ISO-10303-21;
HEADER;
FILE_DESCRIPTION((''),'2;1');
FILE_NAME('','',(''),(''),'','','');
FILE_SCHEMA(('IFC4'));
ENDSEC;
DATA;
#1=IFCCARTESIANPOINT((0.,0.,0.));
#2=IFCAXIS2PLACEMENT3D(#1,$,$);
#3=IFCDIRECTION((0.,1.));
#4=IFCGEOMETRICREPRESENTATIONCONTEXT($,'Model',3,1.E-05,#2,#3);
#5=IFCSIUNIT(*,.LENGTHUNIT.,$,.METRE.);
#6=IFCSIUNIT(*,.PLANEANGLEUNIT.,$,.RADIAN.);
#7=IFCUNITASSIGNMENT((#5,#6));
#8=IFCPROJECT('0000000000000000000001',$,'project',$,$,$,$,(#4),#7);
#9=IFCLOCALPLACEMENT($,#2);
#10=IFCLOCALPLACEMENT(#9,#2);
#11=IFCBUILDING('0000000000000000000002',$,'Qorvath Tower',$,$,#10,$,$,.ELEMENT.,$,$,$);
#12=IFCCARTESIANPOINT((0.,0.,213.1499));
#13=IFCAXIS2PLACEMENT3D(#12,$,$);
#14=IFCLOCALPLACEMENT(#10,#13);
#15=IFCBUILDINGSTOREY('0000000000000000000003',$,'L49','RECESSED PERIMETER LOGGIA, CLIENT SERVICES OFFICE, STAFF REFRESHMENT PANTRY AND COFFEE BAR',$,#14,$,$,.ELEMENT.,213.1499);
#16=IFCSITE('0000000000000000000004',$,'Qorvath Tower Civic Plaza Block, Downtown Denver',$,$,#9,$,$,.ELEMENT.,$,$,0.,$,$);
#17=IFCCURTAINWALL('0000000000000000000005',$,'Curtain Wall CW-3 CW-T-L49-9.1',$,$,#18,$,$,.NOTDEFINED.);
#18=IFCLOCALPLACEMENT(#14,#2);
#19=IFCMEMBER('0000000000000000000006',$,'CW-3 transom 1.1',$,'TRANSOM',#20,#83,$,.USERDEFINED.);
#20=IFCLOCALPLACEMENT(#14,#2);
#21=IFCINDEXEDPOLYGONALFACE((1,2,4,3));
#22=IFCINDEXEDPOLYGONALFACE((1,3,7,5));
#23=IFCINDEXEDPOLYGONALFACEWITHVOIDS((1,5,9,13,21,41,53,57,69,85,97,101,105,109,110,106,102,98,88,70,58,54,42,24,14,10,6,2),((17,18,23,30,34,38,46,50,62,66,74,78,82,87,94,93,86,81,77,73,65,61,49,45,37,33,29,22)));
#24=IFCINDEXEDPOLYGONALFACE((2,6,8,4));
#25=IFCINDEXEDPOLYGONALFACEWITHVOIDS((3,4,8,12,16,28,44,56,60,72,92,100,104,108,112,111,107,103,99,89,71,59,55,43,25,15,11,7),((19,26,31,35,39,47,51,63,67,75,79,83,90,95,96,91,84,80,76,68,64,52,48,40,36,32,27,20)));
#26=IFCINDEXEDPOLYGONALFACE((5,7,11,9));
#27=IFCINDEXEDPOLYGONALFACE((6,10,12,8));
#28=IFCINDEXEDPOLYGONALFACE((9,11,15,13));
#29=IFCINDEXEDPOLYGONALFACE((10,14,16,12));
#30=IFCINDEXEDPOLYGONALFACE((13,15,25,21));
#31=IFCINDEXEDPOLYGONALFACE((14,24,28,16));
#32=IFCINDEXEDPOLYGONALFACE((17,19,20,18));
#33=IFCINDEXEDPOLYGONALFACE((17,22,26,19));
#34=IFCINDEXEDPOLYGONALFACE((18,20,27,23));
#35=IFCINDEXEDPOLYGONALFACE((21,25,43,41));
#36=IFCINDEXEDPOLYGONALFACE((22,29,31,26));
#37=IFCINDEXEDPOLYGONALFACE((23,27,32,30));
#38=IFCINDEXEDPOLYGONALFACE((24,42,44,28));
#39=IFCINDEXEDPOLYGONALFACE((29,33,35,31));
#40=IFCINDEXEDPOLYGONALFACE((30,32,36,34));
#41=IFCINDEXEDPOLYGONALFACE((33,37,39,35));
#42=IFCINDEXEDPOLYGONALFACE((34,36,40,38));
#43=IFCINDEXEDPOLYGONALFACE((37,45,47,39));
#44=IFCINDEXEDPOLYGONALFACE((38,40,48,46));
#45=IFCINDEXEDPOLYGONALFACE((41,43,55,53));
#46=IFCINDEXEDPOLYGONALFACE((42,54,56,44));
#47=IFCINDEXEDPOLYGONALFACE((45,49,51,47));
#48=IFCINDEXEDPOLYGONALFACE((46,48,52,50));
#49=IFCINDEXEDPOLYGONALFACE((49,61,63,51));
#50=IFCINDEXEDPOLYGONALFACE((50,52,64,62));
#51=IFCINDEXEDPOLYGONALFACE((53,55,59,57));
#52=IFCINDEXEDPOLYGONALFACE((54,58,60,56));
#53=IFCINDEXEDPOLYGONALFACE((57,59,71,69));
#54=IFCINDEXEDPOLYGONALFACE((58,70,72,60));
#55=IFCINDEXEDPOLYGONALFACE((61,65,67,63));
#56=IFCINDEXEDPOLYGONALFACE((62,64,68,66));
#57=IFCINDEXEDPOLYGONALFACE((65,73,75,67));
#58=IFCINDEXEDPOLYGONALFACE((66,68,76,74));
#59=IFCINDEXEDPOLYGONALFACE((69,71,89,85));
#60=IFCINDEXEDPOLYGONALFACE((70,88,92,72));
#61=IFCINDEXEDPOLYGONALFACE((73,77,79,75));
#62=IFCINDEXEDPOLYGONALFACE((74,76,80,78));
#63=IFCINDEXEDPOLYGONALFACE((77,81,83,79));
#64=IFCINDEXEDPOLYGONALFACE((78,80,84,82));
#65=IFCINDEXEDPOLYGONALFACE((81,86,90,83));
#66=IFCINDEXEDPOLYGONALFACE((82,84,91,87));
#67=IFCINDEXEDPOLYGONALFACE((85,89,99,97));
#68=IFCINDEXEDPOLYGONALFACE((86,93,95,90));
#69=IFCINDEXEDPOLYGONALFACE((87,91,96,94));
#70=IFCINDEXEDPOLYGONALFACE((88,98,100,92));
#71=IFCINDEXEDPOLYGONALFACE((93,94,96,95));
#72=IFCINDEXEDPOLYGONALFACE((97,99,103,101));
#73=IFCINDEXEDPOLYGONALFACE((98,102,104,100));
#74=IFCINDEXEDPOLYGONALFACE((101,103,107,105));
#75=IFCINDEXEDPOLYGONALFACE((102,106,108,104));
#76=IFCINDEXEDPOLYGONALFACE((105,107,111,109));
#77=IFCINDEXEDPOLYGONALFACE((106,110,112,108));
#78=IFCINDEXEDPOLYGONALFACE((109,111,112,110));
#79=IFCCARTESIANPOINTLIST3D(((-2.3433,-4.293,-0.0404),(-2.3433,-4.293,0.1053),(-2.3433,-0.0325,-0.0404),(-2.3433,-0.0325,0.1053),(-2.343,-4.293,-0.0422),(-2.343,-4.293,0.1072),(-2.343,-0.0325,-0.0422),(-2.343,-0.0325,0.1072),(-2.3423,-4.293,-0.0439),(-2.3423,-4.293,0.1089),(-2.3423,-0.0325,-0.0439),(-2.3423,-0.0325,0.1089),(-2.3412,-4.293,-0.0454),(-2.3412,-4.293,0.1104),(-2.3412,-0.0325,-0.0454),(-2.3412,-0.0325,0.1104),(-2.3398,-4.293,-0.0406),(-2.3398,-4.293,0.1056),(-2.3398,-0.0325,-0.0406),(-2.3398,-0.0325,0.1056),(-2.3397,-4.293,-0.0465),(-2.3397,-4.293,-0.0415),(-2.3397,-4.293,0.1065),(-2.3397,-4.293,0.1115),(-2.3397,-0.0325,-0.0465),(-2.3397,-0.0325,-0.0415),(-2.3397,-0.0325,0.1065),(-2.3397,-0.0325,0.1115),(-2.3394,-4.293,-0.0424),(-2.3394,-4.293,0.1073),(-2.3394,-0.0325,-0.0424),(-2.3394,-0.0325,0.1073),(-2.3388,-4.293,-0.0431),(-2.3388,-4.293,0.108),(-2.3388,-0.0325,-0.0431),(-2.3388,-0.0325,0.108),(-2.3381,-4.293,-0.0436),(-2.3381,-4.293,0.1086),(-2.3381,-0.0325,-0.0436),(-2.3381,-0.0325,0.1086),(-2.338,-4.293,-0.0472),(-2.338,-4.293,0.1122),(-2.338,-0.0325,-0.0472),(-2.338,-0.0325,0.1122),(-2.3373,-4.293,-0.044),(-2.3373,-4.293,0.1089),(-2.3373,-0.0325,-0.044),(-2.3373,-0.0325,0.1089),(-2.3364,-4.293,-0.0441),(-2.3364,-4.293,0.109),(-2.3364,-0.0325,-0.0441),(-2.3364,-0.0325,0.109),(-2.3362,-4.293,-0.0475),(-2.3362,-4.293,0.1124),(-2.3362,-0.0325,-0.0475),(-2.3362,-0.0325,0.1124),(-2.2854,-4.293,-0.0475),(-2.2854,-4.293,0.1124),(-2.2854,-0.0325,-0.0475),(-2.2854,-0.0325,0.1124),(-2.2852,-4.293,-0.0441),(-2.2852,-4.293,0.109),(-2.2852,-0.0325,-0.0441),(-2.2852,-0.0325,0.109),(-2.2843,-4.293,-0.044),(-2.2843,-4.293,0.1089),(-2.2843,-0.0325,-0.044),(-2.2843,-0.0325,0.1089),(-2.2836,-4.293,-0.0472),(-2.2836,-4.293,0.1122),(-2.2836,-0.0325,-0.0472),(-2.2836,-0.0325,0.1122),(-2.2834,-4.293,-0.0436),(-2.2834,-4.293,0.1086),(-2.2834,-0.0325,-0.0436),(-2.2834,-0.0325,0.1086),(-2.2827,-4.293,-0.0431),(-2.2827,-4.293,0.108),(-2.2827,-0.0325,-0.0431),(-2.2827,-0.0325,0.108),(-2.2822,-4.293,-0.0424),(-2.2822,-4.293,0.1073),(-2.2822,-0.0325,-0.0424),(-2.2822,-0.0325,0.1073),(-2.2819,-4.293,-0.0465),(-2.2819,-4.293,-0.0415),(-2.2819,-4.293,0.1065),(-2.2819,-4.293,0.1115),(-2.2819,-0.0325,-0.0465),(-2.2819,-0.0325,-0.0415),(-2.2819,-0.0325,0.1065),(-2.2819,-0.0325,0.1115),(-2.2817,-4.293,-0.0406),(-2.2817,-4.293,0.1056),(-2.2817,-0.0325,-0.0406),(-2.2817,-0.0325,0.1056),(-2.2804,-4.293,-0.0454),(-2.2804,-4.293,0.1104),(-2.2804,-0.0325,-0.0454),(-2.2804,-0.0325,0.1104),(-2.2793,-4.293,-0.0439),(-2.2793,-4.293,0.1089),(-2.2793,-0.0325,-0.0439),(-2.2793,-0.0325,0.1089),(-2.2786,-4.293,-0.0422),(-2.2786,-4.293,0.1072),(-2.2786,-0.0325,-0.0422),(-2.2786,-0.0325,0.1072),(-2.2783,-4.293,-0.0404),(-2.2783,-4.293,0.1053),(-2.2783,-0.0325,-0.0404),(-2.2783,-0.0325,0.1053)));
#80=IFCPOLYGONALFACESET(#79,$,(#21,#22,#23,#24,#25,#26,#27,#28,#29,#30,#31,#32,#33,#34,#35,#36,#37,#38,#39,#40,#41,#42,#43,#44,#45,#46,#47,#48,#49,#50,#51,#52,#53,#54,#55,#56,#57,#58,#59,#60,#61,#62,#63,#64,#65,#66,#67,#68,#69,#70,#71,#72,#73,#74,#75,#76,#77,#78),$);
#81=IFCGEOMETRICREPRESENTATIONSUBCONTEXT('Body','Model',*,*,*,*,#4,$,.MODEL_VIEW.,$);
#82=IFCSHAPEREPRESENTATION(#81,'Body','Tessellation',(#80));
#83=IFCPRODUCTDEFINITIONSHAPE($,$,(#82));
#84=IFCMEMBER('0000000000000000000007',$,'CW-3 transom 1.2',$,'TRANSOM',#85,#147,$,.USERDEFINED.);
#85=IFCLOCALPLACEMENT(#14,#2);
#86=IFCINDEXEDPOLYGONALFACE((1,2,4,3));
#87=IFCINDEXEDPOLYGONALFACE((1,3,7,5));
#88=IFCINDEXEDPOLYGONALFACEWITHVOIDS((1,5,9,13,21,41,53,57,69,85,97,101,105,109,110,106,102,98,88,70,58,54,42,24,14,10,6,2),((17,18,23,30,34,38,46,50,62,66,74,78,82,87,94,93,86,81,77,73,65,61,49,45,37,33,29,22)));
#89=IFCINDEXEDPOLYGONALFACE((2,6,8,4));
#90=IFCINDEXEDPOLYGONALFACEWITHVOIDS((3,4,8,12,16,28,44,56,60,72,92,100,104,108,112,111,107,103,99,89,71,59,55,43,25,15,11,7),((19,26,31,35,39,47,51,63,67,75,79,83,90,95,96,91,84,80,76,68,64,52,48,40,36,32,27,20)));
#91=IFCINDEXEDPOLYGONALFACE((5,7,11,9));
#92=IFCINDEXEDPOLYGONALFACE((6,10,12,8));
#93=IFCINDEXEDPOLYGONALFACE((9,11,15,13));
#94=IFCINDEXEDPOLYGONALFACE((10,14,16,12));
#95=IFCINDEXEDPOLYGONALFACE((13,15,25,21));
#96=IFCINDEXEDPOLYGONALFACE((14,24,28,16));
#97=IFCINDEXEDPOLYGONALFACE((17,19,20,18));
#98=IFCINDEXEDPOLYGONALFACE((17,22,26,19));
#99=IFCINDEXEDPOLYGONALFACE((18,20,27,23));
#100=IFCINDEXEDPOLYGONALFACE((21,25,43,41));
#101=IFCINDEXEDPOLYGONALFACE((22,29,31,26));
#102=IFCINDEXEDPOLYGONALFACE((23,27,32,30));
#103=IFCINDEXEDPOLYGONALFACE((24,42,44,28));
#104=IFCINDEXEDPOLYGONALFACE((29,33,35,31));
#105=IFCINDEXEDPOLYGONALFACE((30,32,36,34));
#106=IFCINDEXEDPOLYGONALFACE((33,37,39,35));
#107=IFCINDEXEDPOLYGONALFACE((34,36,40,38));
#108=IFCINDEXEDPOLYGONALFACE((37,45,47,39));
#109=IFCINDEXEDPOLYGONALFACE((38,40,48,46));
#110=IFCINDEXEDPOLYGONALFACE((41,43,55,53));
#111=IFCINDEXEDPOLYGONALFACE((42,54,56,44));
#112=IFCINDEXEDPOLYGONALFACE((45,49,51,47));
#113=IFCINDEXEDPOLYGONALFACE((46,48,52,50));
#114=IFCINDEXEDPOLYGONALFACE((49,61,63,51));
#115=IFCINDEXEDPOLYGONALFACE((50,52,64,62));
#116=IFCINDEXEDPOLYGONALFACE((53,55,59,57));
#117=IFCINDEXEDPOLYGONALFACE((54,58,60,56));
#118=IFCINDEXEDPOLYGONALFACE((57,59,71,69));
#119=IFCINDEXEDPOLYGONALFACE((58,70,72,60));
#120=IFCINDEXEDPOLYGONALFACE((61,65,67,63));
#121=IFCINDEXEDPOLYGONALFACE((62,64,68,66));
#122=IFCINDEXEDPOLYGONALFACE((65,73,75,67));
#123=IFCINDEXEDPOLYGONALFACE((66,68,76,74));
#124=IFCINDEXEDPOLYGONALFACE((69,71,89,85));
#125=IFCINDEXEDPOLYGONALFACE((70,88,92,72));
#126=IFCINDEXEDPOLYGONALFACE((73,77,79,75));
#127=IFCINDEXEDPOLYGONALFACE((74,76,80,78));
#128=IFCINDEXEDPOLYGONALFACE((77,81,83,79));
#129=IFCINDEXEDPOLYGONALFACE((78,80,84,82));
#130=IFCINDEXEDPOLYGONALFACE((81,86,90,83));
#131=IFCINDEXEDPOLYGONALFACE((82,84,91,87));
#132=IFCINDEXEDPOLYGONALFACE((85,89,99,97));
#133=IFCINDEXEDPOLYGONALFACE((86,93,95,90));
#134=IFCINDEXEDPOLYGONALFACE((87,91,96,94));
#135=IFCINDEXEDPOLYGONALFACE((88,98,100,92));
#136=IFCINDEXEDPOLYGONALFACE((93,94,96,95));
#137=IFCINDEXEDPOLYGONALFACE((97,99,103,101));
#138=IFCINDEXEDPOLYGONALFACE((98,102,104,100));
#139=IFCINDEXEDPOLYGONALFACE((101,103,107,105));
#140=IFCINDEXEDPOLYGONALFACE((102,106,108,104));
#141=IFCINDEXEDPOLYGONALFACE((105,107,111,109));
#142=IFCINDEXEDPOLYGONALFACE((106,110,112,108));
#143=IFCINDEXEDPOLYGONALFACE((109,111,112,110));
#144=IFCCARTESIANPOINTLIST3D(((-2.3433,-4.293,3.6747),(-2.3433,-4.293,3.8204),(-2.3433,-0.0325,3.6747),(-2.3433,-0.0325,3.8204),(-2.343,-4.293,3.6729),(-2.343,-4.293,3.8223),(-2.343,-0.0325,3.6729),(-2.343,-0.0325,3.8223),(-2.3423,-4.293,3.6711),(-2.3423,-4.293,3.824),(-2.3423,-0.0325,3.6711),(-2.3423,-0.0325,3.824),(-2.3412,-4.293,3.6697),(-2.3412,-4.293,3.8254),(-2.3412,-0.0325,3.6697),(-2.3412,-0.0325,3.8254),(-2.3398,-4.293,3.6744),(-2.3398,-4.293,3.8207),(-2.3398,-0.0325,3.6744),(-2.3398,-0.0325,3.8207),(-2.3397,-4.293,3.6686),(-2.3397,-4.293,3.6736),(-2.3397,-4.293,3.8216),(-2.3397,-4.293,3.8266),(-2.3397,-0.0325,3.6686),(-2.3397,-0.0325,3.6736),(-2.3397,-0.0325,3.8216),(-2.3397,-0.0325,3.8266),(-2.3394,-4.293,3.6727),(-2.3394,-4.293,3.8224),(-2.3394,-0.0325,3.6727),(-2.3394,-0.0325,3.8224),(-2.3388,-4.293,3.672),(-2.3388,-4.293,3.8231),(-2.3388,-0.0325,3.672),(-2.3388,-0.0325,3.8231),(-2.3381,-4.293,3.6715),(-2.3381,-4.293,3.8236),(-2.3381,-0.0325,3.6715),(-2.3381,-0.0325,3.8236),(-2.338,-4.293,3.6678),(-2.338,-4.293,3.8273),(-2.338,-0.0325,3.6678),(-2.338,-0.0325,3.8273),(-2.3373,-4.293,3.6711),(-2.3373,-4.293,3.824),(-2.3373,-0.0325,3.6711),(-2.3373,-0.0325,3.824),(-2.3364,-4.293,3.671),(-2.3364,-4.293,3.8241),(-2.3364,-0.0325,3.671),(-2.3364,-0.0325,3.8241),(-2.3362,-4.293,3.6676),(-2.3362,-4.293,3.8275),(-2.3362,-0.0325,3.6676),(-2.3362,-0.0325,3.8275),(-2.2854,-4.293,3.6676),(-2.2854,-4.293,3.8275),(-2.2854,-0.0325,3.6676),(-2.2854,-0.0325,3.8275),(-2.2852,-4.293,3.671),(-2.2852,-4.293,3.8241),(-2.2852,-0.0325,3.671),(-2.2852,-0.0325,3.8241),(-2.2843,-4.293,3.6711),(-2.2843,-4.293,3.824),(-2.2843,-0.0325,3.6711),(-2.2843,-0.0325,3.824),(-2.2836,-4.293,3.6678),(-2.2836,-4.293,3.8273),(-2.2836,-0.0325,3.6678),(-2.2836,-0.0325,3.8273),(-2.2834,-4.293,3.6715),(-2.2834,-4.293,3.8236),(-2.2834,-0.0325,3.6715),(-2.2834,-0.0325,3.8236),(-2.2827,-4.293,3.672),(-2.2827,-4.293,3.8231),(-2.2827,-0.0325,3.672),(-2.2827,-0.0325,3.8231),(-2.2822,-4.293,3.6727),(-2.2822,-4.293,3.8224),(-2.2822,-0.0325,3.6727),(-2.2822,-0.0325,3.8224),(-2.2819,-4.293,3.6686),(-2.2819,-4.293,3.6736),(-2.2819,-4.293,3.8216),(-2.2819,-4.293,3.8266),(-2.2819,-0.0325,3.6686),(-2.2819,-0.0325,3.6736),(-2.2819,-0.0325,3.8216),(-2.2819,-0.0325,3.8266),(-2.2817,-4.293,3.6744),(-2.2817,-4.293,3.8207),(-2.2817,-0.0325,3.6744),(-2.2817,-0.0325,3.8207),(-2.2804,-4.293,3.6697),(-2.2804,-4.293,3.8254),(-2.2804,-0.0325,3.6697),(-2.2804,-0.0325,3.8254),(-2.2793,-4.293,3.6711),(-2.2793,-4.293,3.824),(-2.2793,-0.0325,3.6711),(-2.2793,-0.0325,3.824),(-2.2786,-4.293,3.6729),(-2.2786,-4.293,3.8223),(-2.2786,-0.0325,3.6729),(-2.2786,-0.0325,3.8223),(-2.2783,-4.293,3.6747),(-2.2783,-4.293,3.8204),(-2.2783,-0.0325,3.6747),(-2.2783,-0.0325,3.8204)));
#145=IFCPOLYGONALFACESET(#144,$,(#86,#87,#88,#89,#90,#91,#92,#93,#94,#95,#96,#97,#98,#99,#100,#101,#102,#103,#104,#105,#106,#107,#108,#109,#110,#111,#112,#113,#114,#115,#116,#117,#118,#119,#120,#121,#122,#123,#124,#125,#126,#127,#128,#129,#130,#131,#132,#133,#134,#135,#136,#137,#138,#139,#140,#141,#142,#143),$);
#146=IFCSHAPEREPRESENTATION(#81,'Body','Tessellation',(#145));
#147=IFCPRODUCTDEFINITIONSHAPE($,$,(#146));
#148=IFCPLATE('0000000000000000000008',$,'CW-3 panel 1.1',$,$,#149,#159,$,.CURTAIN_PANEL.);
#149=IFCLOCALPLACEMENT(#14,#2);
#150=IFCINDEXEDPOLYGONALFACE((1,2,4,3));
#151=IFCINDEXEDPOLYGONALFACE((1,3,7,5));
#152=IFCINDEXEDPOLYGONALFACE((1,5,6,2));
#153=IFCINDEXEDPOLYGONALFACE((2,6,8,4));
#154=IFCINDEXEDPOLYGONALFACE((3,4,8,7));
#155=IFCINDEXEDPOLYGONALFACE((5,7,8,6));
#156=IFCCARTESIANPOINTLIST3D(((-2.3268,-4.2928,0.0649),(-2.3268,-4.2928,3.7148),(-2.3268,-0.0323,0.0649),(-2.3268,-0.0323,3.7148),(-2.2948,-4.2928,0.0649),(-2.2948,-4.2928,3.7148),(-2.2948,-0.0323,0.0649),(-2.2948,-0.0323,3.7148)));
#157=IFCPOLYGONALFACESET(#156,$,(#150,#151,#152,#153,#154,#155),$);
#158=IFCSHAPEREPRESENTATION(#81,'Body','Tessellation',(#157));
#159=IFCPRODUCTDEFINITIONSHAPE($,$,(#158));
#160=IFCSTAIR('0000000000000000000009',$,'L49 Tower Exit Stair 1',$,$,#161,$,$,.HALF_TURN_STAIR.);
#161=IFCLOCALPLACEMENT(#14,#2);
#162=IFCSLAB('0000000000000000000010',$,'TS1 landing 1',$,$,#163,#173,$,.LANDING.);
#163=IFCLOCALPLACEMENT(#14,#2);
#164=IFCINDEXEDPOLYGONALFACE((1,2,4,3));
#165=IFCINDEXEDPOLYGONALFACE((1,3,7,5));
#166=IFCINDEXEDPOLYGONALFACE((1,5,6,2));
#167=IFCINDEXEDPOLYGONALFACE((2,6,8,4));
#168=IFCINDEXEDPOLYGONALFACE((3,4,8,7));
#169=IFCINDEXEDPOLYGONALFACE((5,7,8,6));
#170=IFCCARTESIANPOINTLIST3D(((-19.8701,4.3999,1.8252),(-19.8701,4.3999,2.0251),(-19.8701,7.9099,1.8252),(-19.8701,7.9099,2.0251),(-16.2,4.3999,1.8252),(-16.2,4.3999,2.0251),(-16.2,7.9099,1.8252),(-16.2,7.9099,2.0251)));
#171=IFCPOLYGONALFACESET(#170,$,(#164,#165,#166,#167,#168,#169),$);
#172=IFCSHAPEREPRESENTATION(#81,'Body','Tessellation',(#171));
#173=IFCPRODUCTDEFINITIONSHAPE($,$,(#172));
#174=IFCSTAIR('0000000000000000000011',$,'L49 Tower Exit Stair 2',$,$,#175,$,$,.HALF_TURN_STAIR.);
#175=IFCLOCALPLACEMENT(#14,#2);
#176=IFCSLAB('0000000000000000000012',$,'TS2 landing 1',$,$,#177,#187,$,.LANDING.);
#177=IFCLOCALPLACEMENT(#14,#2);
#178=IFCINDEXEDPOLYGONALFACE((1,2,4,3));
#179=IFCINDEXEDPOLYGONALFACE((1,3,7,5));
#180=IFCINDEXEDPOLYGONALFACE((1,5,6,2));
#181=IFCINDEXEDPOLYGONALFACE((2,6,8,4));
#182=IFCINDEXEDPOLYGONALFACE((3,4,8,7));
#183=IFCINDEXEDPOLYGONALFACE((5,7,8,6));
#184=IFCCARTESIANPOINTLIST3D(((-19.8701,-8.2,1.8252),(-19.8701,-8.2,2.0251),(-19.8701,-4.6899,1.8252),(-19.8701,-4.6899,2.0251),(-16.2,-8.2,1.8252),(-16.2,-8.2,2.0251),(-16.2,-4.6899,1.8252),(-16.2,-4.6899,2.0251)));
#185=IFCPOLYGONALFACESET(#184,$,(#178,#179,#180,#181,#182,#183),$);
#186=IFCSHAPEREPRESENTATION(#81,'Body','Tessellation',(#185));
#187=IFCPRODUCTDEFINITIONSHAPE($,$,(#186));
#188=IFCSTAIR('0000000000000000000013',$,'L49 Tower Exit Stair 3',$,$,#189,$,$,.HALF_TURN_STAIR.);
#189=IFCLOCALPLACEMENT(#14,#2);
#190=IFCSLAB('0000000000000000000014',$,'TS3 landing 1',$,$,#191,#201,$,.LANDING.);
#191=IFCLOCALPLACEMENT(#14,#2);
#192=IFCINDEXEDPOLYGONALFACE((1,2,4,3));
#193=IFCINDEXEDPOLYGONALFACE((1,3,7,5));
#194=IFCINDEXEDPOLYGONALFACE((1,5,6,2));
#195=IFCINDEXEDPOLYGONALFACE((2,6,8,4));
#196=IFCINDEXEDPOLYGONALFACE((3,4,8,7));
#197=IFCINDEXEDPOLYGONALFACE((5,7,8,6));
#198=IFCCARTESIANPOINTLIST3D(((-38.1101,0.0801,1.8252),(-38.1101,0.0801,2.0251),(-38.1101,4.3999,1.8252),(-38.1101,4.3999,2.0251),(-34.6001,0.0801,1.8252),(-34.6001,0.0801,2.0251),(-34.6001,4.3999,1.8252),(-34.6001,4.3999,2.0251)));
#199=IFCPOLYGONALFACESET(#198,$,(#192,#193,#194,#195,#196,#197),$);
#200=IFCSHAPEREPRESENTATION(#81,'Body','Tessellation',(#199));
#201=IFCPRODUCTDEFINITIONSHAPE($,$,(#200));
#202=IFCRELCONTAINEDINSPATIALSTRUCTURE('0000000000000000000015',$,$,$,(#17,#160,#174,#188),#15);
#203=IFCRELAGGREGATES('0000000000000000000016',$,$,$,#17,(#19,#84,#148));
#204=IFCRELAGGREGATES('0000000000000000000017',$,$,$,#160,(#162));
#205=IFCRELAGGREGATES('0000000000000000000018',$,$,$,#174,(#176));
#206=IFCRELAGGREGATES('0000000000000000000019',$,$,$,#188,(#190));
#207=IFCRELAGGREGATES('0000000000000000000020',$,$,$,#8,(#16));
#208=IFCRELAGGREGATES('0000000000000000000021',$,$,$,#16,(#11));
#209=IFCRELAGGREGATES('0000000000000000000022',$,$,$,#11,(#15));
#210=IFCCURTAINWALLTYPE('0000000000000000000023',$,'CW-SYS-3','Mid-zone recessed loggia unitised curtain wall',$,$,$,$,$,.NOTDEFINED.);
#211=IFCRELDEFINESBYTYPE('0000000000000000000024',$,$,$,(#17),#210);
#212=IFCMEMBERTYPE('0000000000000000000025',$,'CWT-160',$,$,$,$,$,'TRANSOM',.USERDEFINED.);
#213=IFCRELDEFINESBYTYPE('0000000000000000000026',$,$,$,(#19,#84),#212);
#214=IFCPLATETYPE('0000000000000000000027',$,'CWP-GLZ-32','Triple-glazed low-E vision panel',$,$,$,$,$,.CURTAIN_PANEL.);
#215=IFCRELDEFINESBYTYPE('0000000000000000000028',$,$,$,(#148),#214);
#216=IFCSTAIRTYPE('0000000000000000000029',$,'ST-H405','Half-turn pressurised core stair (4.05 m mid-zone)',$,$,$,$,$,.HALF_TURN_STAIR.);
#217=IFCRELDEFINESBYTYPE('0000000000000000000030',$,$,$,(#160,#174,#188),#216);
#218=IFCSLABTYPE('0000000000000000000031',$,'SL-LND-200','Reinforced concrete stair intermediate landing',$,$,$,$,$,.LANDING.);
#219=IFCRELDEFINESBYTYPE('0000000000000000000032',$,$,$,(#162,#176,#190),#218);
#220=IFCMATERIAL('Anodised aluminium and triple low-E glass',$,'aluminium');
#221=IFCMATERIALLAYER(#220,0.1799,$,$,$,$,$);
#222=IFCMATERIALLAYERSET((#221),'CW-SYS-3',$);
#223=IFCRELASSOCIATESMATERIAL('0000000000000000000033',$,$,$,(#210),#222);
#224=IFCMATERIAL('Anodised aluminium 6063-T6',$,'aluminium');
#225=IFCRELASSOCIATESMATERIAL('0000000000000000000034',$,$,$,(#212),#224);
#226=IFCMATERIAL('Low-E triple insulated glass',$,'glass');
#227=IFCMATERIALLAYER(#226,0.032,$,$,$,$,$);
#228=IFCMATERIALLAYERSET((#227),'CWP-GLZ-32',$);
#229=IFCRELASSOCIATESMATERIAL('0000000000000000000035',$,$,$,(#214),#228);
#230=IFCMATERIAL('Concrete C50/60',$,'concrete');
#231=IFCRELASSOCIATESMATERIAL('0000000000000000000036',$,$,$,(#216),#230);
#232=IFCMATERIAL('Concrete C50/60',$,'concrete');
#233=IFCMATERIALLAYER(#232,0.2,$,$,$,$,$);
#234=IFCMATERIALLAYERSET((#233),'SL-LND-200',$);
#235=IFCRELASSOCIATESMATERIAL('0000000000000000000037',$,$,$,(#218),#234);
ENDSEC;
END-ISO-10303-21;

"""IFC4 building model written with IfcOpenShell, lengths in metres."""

from ifc_helpers import new_model, si_unit, direction, frame, origin, origin_2d, place, context, subcontext, project, spatial, polyline, rectangle, hollow_rectangle, outline, extrude, material, layer, layer_set, material_profile, profile_set, type_object, element, aggregate, save


model = new_model("IFC4")

# Units and contexts
model_context = context("Model", 3, precision=1e-05, world=origin(), true_north=direction((0.0, 1.0)))
body_context = subcontext(model_context, "Body", "Model", "MODEL_VIEW")
ifc_project = project(units=[si_unit("LENGTHUNIT", "METRE"), si_unit("PLANEANGLEUNIT", "RADIAN")], contexts=[model_context])

# Site, building, storey
site_placement = place(None, origin())
site = spatial("IfcSite", under=ifc_project, at=site_placement, Name="Qorvath Tower Civic Plaza Block, Downtown Denver", CompositionType="ELEMENT", RefElevation=0.0)
building_placement = place(site_placement, origin())
building = spatial("IfcBuilding", under=site, at=building_placement, Name="Qorvath Tower", CompositionType="ELEMENT")
storey_placement = place(building_placement, frame((0.0, 0.0, 213.1499)))
storey = spatial("IfcBuildingStorey", under=building, at=storey_placement, Name="L49", Description="RECESSED PERIMETER LOGGIA, CLIENT SERVICES OFFICE, STAFF REFRESHMENT PANTRY AND COFFEE BAR", CompositionType="ELEMENT", Elevation=213.1499)

# Curtain wall, members, plate
ifc_material_1 = material(Name="Anodised aluminium and triple low-E glass", Category="aluminium")
ifc_layer_1 = layer(ifc_material_1, 0.1799)
ifc_layer_set_1 = layer_set([ifc_layer_1], Name="CW-SYS-3")
curtain_wall_type = type_object("IfcCurtainWallType", Name="CW-SYS-3", Description="Mid-zone recessed loggia unitised curtain wall", PredefinedType="NOTDEFINED", material=ifc_layer_set_1)
curtain_wall_placement = place(storey_placement, origin())
curtain_wall = element("IfcCurtainWall", 1, at=curtain_wall_placement, inside=storey, type_object=curtain_wall_type, Name="Curtain Wall CW-3 CW-T-L49-9.1", PredefinedType="NOTDEFINED")
ifc_material_2 = material(Name="Anodised aluminium 6063-T6", Category="aluminium")
ifc_material_profile_1 = material_profile(ifc_material_2, hollow_rectangle(XDim=0.0649, YDim=0.1599, WallThickness=0.0034, InnerFilletRadius=0.0034, OuterFilletRadius=0.0071, at=origin_2d()), Name="CWT 160x65")
ifc_profile_set_1 = profile_set([ifc_material_profile_1], Name="Anodised aluminium 6063-T6")
member_type_1 = type_object("IfcMemberType", Name="CWT-160", ElementType="TRANSOM", PredefinedType="USERDEFINED", material=ifc_profile_set_1)
member_1_placement = place(storey_placement, frame((-2.3108, -4.293, 0.0325), z_axis=(0.0, 1.0, 0.0), x_axis=(-1.0, 0.0, 0.0)))
member_1 = element("IfcMember", 2, at=member_1_placement, type_object=member_type_1, Name="CW-3 transom 1.1", ObjectType="TRANSOM", PredefinedType="USERDEFINED", context=body_context, shape_type="SweptSolid", body=[
    extrude(hollow_rectangle(XDim=0.0649, YDim=0.1599, WallThickness=0.0034, InnerFilletRadius=0.0034, OuterFilletRadius=0.0071, at=origin_2d()), origin(), (0.0, 0.0, 1.0), 4.2605),
])
member_2_placement = place(storey_placement, frame((-2.3108, -4.293, 3.7476), z_axis=(0.0, 1.0, 0.0), x_axis=(-1.0, 0.0, 0.0)))
member_2 = element("IfcMember", 3, at=member_2_placement, type_object=member_type_1, Name="CW-3 transom 1.2", ObjectType="TRANSOM", PredefinedType="USERDEFINED", context=body_context, shape_type="SweptSolid", body=[
    extrude(hollow_rectangle(XDim=0.0649, YDim=0.1599, WallThickness=0.0034, InnerFilletRadius=0.0034, OuterFilletRadius=0.0071, at=origin_2d()), origin(), (0.0, 0.0, 1.0), 4.2605),
])
ifc_material_3 = material(Name="Low-E triple insulated glass", Category="glass")
ifc_layer_2 = layer(ifc_material_3, 0.032)
ifc_layer_set_2 = layer_set([ifc_layer_2], Name="CWP-GLZ-32")
plate_type = type_object("IfcPlateType", Name="CWP-GLZ-32", Description="Triple-glazed low-E vision panel", PredefinedType="CURTAIN_PANEL", material=ifc_layer_set_2)
plate_placement = place(storey_placement, frame((-2.3108, -2.1626, 0.0649), z_axis=(0.0, 0.0, 1.0), x_axis=(0.0, 1.0, 0.0)))
plate = element("IfcPlate", 4, at=plate_placement, type_object=plate_type, Name="CW-3 panel 1.1", PredefinedType="CURTAIN_PANEL", context=body_context, shape_type="SweptSolid", body=[
    extrude(rectangle(XDim=4.2605, YDim=0.032, at=origin_2d()), origin(), (0.0, 0.0, 1.0), 3.6499),
])
aggregate(curtain_wall, [member_1, member_2, plate])

# Stairs, slabs
ifc_material_4 = material(Name="Concrete C50/60", Category="concrete")
stair_type = type_object("IfcStairType", Name="ST-H405", Description="Half-turn pressurised core stair (4.05 m mid-zone)", PredefinedType="HALF_TURN_STAIR", material=ifc_material_4)
stair_1_placement = place(storey_placement, origin())
stair_1 = element("IfcStair", 5, at=stair_1_placement, inside=storey, type_object=stair_type, Name="L49 Tower Exit Stair 1", PredefinedType="HALF_TURN_STAIR")
ifc_material_5 = material(Name="Concrete C50/60", Category="concrete")
ifc_layer_3 = layer(ifc_material_5, 0.2)
ifc_layer_set_3 = layer_set([ifc_layer_3], Name="SL-LND-200")
slab_type_1 = type_object("IfcSlabType", Name="SL-LND-200", Description="Reinforced concrete stair intermediate landing", PredefinedType="LANDING", material=ifc_layer_set_3)
slab_1_placement = place(storey_placement, frame((0.0, 0.0, 1.8252)))
slab_1 = element("IfcSlab", 6, at=slab_1_placement, type_object=slab_type_1, Name="TS1 landing 1", PredefinedType="LANDING", context=body_context, shape_type="SweptSolid", body=[
    extrude(outline(polyline([(-19.8701, 4.3999), (-16.2, 4.3999), (-16.2, 7.9099), (-19.8701, 7.9099), (-19.8701, 4.3999)])), origin(), (0.0, 0.0, 1.0), 0.2),
])
aggregate(stair_1, [slab_1])
stair_2_placement = place(storey_placement, origin())
stair_2 = element("IfcStair", 7, at=stair_2_placement, inside=storey, type_object=stair_type, Name="L49 Tower Exit Stair 2", PredefinedType="HALF_TURN_STAIR")
slab_2_placement = place(storey_placement, frame((0.0, 0.0, 1.8252)))
slab_2 = element("IfcSlab", 8, at=slab_2_placement, type_object=slab_type_1, Name="TS2 landing 1", PredefinedType="LANDING", context=body_context, shape_type="SweptSolid", body=[
    extrude(outline(polyline([(-19.8701, -8.2), (-16.2, -8.2), (-16.2, -4.6899), (-19.8701, -4.6899), (-19.8701, -8.2)])), origin(), (0.0, 0.0, 1.0), 0.2),
])
aggregate(stair_2, [slab_2])
stair_3_placement = place(storey_placement, origin())
stair_3 = element("IfcStair", 9, at=stair_3_placement, inside=storey, type_object=stair_type, Name="L49 Tower Exit Stair 3", PredefinedType="HALF_TURN_STAIR")
slab_3_placement = place(storey_placement, frame((0.0, 0.0, 1.8252)))
slab_3 = element("IfcSlab", 10, at=slab_3_placement, type_object=slab_type_1, Name="TS3 landing 1", PredefinedType="LANDING", context=body_context, shape_type="SweptSolid", body=[
    extrude(outline(polyline([(-34.6001, 0.0801), (-34.6001, 4.3999), (-38.1101, 4.3999), (-38.1101, 0.0801), (-34.6001, 0.0801)])), origin(), (0.0, 0.0, 1.0), 0.2),
])
aggregate(stair_3, [slab_3])

save(model, "model.ifc")
